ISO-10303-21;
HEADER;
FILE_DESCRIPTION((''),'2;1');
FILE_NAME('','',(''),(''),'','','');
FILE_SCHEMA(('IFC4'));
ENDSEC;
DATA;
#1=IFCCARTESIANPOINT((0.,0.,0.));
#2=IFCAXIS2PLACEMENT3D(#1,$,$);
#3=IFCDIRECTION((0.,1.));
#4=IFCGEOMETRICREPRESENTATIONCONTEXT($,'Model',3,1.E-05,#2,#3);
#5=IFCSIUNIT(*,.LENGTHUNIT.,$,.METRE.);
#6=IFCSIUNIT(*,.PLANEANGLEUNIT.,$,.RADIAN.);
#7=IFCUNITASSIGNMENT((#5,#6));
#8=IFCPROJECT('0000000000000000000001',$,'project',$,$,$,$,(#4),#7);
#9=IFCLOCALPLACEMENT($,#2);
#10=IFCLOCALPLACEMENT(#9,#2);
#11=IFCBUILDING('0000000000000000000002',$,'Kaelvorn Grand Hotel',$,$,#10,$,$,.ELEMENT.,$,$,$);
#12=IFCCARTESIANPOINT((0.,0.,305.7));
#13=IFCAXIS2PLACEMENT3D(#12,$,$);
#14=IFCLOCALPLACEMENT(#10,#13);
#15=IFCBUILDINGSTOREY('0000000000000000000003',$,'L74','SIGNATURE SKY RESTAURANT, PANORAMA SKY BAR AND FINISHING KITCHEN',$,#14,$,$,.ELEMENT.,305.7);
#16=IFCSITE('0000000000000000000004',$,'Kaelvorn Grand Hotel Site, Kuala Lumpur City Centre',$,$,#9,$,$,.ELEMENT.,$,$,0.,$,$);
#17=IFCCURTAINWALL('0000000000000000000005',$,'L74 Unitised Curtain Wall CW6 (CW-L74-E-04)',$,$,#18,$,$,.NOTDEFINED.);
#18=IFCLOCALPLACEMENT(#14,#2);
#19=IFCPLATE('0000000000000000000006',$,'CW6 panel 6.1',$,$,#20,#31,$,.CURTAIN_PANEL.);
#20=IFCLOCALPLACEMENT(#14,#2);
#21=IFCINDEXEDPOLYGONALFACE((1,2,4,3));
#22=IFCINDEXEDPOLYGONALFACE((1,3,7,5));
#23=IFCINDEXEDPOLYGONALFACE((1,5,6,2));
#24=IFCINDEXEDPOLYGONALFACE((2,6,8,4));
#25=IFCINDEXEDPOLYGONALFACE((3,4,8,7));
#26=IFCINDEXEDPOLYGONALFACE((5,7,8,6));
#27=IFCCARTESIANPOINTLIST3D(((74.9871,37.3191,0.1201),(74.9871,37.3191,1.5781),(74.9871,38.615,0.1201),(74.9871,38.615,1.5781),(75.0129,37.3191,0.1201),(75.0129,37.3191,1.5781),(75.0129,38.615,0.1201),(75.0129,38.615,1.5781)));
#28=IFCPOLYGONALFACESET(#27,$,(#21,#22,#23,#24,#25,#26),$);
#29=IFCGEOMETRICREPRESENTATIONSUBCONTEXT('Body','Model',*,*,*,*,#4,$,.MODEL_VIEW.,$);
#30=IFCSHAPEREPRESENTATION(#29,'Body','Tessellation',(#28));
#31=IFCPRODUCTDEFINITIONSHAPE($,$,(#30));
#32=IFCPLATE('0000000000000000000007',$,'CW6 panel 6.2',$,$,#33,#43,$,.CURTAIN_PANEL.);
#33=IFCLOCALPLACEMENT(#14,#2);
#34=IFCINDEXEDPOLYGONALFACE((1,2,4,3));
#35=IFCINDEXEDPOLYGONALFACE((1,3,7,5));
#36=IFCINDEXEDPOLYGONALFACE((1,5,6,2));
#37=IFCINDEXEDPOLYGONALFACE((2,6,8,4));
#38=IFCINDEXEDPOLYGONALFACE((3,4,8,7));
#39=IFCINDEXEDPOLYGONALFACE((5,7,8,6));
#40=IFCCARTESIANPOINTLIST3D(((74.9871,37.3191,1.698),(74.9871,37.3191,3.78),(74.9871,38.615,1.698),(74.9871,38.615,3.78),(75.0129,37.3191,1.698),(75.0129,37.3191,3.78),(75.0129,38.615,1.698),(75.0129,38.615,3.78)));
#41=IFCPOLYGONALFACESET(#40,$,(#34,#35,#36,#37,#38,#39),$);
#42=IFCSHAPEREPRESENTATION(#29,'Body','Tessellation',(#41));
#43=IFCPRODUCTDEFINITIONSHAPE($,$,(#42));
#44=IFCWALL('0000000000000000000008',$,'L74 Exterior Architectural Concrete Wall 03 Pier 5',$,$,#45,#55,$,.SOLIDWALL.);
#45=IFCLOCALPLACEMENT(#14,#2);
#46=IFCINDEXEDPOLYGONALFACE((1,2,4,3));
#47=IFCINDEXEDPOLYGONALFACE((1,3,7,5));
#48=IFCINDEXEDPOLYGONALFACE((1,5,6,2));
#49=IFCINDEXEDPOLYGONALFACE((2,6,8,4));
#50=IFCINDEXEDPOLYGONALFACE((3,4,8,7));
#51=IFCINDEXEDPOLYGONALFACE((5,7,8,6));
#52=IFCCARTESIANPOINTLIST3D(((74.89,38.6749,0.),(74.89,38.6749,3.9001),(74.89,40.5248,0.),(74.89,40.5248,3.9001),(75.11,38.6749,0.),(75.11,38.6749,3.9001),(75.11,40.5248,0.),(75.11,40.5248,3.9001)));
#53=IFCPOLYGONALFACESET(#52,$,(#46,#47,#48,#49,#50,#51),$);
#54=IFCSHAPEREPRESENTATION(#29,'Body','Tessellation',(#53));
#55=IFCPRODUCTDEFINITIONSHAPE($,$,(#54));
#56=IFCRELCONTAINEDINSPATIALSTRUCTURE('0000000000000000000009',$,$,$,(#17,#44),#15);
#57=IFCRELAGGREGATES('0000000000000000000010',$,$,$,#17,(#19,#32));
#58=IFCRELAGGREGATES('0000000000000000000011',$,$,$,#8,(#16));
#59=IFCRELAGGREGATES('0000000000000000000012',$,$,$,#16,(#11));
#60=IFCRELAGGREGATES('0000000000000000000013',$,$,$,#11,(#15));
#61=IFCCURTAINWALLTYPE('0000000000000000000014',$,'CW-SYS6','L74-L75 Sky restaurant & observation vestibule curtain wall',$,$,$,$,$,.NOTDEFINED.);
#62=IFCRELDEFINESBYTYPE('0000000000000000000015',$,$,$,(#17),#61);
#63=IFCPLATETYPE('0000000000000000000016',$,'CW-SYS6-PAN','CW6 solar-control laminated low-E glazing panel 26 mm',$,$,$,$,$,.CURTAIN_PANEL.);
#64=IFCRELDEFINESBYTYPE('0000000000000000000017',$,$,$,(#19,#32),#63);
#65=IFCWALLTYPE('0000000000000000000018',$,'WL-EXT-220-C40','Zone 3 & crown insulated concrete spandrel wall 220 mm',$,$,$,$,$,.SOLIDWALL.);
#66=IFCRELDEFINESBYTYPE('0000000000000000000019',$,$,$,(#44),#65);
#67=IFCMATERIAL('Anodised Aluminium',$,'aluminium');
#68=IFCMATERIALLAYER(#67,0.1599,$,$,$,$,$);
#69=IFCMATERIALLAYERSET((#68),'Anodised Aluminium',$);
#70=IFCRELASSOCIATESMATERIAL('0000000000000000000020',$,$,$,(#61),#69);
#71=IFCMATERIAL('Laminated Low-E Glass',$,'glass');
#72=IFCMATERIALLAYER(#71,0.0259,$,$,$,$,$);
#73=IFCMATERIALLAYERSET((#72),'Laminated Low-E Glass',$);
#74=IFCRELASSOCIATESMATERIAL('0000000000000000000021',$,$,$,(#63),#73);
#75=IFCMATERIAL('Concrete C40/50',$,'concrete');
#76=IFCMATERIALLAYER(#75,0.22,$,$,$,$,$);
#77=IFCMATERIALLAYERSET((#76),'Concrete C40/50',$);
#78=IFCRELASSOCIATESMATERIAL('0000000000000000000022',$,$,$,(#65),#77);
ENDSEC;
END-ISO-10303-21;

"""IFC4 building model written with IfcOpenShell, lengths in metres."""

from ifc_helpers import new_model, si_unit, direction, frame, frame_2d, origin, origin_2d, place, context, subcontext, project, spatial, rectangle, extrude, material, layer, layer_set, type_object, element, aggregate, save


model = new_model("IFC4")

# Units and contexts
model_context = context("Model", 3, precision=1e-05, world=origin(), true_north=direction((0.0, 1.0)))
body_context = subcontext(model_context, "Body", "Model", "MODEL_VIEW")
ifc_project = project(units=[si_unit("LENGTHUNIT", "METRE"), si_unit("PLANEANGLEUNIT", "RADIAN")], contexts=[model_context])

# Site, building, storey
site_placement = place(None, origin())
site = spatial("IfcSite", under=ifc_project, at=site_placement, Name="Kaelvorn Grand Hotel Site, Kuala Lumpur City Centre", CompositionType="ELEMENT", RefElevation=0.0)
building_placement = place(site_placement, origin())
building = spatial("IfcBuilding", under=site, at=building_placement, Name="Kaelvorn Grand Hotel", CompositionType="ELEMENT")
storey_placement = place(building_placement, frame((0.0, 0.0, 305.7)))
storey = spatial("IfcBuildingStorey", under=building, at=storey_placement, Name="L74", Description="SIGNATURE SKY RESTAURANT, PANORAMA SKY BAR AND FINISHING KITCHEN", CompositionType="ELEMENT", Elevation=305.7)

# Curtain wall
ifc_material_1 = material(Name="Anodised Aluminium", Category="aluminium")
ifc_layer_1 = layer(ifc_material_1, 0.1599)
ifc_layer_set_1 = layer_set([ifc_layer_1], Name="Anodised Aluminium")
curtain_wall_type = type_object("IfcCurtainWallType", Name="CW-SYS6", Description="L74-L75 Sky restaurant & observation vestibule curtain wall", PredefinedType="NOTDEFINED", material=ifc_layer_set_1)
curtain_wall_1_placement = place(storey_placement, origin())
curtain_wall_1 = element("IfcCurtainWall", 1, at=curtain_wall_1_placement, inside=storey, type_object=curtain_wall_type, Name="L74 Unitised Curtain Wall CW6 (CW-L74-E-04)", PredefinedType="NOTDEFINED")

# Plates
ifc_material_2 = material(Name="Laminated Low-E Glass", Category="glass")
ifc_layer_2 = layer(ifc_material_2, 0.0259)
ifc_layer_set_2 = layer_set([ifc_layer_2], Name="Laminated Low-E Glass")
plate_type = type_object("IfcPlateType", Name="CW-SYS6-PAN", Description="CW6 solar-control laminated low-E glazing panel 26 mm", PredefinedType="CURTAIN_PANEL", material=ifc_layer_set_2)
plate_1_placement = place(storey_placement, frame((75.0, 37.967, 0.1201), z_axis=(0.0, 0.0, 1.0), x_axis=(0.0, 1.0, 0.0)))
plate_1 = element("IfcPlate", 2, at=plate_1_placement, type_object=plate_type, Name="CW6 panel 6.1", PredefinedType="CURTAIN_PANEL", context=body_context, shape_type="SweptSolid", body=[
    extrude(rectangle(XDim=1.2959, YDim=0.0259, at=origin_2d()), origin(), (0.0, 0.0, 1.0), 1.458),
])
plate_2_placement = place(storey_placement, frame((75.0, 37.967, 1.698), z_axis=(0.0, 0.0, 1.0), x_axis=(0.0, 1.0, 0.0)))
plate_2 = element("IfcPlate", 3, at=plate_2_placement, type_object=plate_type, Name="CW6 panel 6.2", PredefinedType="CURTAIN_PANEL", context=body_context, shape_type="SweptSolid", body=[
    extrude(rectangle(XDim=1.2959, YDim=0.0259, at=origin_2d()), origin(), (0.0, 0.0, 1.0), 2.082),
])
aggregate(curtain_wall_1, [plate_1, plate_2])

# Wall
ifc_material_3 = material(Name="Concrete C40/50", Category="concrete")
ifc_layer_3 = layer(ifc_material_3, 0.22)
ifc_layer_set_3 = layer_set([ifc_layer_3], Name="Concrete C40/50")
wall_type = type_object("IfcWallType", Name="WL-EXT-220-C40", Description="Zone 3 & crown insulated concrete spandrel wall 220 mm", PredefinedType="SOLIDWALL", material=ifc_layer_set_3)
wall_placement = place(storey_placement, frame((75.0, 38.675, 0.0), z_axis=(0.0, 0.0, 1.0), x_axis=(0.0, 1.0, 0.0)))
element("IfcWall", 4, at=wall_placement, inside=storey, type_object=wall_type, Name="L74 Exterior Architectural Concrete Wall 03 Pier 5", PredefinedType="SOLIDWALL", context=body_context, shape_type="SweptSolid", body=[
    extrude(rectangle(XDim=1.8499, YDim=0.22, at=frame_2d((0.9248, 0.0))), origin(), (0.0, 0.0, 1.0), 3.9001),
])

save(model, "model.ifc")
